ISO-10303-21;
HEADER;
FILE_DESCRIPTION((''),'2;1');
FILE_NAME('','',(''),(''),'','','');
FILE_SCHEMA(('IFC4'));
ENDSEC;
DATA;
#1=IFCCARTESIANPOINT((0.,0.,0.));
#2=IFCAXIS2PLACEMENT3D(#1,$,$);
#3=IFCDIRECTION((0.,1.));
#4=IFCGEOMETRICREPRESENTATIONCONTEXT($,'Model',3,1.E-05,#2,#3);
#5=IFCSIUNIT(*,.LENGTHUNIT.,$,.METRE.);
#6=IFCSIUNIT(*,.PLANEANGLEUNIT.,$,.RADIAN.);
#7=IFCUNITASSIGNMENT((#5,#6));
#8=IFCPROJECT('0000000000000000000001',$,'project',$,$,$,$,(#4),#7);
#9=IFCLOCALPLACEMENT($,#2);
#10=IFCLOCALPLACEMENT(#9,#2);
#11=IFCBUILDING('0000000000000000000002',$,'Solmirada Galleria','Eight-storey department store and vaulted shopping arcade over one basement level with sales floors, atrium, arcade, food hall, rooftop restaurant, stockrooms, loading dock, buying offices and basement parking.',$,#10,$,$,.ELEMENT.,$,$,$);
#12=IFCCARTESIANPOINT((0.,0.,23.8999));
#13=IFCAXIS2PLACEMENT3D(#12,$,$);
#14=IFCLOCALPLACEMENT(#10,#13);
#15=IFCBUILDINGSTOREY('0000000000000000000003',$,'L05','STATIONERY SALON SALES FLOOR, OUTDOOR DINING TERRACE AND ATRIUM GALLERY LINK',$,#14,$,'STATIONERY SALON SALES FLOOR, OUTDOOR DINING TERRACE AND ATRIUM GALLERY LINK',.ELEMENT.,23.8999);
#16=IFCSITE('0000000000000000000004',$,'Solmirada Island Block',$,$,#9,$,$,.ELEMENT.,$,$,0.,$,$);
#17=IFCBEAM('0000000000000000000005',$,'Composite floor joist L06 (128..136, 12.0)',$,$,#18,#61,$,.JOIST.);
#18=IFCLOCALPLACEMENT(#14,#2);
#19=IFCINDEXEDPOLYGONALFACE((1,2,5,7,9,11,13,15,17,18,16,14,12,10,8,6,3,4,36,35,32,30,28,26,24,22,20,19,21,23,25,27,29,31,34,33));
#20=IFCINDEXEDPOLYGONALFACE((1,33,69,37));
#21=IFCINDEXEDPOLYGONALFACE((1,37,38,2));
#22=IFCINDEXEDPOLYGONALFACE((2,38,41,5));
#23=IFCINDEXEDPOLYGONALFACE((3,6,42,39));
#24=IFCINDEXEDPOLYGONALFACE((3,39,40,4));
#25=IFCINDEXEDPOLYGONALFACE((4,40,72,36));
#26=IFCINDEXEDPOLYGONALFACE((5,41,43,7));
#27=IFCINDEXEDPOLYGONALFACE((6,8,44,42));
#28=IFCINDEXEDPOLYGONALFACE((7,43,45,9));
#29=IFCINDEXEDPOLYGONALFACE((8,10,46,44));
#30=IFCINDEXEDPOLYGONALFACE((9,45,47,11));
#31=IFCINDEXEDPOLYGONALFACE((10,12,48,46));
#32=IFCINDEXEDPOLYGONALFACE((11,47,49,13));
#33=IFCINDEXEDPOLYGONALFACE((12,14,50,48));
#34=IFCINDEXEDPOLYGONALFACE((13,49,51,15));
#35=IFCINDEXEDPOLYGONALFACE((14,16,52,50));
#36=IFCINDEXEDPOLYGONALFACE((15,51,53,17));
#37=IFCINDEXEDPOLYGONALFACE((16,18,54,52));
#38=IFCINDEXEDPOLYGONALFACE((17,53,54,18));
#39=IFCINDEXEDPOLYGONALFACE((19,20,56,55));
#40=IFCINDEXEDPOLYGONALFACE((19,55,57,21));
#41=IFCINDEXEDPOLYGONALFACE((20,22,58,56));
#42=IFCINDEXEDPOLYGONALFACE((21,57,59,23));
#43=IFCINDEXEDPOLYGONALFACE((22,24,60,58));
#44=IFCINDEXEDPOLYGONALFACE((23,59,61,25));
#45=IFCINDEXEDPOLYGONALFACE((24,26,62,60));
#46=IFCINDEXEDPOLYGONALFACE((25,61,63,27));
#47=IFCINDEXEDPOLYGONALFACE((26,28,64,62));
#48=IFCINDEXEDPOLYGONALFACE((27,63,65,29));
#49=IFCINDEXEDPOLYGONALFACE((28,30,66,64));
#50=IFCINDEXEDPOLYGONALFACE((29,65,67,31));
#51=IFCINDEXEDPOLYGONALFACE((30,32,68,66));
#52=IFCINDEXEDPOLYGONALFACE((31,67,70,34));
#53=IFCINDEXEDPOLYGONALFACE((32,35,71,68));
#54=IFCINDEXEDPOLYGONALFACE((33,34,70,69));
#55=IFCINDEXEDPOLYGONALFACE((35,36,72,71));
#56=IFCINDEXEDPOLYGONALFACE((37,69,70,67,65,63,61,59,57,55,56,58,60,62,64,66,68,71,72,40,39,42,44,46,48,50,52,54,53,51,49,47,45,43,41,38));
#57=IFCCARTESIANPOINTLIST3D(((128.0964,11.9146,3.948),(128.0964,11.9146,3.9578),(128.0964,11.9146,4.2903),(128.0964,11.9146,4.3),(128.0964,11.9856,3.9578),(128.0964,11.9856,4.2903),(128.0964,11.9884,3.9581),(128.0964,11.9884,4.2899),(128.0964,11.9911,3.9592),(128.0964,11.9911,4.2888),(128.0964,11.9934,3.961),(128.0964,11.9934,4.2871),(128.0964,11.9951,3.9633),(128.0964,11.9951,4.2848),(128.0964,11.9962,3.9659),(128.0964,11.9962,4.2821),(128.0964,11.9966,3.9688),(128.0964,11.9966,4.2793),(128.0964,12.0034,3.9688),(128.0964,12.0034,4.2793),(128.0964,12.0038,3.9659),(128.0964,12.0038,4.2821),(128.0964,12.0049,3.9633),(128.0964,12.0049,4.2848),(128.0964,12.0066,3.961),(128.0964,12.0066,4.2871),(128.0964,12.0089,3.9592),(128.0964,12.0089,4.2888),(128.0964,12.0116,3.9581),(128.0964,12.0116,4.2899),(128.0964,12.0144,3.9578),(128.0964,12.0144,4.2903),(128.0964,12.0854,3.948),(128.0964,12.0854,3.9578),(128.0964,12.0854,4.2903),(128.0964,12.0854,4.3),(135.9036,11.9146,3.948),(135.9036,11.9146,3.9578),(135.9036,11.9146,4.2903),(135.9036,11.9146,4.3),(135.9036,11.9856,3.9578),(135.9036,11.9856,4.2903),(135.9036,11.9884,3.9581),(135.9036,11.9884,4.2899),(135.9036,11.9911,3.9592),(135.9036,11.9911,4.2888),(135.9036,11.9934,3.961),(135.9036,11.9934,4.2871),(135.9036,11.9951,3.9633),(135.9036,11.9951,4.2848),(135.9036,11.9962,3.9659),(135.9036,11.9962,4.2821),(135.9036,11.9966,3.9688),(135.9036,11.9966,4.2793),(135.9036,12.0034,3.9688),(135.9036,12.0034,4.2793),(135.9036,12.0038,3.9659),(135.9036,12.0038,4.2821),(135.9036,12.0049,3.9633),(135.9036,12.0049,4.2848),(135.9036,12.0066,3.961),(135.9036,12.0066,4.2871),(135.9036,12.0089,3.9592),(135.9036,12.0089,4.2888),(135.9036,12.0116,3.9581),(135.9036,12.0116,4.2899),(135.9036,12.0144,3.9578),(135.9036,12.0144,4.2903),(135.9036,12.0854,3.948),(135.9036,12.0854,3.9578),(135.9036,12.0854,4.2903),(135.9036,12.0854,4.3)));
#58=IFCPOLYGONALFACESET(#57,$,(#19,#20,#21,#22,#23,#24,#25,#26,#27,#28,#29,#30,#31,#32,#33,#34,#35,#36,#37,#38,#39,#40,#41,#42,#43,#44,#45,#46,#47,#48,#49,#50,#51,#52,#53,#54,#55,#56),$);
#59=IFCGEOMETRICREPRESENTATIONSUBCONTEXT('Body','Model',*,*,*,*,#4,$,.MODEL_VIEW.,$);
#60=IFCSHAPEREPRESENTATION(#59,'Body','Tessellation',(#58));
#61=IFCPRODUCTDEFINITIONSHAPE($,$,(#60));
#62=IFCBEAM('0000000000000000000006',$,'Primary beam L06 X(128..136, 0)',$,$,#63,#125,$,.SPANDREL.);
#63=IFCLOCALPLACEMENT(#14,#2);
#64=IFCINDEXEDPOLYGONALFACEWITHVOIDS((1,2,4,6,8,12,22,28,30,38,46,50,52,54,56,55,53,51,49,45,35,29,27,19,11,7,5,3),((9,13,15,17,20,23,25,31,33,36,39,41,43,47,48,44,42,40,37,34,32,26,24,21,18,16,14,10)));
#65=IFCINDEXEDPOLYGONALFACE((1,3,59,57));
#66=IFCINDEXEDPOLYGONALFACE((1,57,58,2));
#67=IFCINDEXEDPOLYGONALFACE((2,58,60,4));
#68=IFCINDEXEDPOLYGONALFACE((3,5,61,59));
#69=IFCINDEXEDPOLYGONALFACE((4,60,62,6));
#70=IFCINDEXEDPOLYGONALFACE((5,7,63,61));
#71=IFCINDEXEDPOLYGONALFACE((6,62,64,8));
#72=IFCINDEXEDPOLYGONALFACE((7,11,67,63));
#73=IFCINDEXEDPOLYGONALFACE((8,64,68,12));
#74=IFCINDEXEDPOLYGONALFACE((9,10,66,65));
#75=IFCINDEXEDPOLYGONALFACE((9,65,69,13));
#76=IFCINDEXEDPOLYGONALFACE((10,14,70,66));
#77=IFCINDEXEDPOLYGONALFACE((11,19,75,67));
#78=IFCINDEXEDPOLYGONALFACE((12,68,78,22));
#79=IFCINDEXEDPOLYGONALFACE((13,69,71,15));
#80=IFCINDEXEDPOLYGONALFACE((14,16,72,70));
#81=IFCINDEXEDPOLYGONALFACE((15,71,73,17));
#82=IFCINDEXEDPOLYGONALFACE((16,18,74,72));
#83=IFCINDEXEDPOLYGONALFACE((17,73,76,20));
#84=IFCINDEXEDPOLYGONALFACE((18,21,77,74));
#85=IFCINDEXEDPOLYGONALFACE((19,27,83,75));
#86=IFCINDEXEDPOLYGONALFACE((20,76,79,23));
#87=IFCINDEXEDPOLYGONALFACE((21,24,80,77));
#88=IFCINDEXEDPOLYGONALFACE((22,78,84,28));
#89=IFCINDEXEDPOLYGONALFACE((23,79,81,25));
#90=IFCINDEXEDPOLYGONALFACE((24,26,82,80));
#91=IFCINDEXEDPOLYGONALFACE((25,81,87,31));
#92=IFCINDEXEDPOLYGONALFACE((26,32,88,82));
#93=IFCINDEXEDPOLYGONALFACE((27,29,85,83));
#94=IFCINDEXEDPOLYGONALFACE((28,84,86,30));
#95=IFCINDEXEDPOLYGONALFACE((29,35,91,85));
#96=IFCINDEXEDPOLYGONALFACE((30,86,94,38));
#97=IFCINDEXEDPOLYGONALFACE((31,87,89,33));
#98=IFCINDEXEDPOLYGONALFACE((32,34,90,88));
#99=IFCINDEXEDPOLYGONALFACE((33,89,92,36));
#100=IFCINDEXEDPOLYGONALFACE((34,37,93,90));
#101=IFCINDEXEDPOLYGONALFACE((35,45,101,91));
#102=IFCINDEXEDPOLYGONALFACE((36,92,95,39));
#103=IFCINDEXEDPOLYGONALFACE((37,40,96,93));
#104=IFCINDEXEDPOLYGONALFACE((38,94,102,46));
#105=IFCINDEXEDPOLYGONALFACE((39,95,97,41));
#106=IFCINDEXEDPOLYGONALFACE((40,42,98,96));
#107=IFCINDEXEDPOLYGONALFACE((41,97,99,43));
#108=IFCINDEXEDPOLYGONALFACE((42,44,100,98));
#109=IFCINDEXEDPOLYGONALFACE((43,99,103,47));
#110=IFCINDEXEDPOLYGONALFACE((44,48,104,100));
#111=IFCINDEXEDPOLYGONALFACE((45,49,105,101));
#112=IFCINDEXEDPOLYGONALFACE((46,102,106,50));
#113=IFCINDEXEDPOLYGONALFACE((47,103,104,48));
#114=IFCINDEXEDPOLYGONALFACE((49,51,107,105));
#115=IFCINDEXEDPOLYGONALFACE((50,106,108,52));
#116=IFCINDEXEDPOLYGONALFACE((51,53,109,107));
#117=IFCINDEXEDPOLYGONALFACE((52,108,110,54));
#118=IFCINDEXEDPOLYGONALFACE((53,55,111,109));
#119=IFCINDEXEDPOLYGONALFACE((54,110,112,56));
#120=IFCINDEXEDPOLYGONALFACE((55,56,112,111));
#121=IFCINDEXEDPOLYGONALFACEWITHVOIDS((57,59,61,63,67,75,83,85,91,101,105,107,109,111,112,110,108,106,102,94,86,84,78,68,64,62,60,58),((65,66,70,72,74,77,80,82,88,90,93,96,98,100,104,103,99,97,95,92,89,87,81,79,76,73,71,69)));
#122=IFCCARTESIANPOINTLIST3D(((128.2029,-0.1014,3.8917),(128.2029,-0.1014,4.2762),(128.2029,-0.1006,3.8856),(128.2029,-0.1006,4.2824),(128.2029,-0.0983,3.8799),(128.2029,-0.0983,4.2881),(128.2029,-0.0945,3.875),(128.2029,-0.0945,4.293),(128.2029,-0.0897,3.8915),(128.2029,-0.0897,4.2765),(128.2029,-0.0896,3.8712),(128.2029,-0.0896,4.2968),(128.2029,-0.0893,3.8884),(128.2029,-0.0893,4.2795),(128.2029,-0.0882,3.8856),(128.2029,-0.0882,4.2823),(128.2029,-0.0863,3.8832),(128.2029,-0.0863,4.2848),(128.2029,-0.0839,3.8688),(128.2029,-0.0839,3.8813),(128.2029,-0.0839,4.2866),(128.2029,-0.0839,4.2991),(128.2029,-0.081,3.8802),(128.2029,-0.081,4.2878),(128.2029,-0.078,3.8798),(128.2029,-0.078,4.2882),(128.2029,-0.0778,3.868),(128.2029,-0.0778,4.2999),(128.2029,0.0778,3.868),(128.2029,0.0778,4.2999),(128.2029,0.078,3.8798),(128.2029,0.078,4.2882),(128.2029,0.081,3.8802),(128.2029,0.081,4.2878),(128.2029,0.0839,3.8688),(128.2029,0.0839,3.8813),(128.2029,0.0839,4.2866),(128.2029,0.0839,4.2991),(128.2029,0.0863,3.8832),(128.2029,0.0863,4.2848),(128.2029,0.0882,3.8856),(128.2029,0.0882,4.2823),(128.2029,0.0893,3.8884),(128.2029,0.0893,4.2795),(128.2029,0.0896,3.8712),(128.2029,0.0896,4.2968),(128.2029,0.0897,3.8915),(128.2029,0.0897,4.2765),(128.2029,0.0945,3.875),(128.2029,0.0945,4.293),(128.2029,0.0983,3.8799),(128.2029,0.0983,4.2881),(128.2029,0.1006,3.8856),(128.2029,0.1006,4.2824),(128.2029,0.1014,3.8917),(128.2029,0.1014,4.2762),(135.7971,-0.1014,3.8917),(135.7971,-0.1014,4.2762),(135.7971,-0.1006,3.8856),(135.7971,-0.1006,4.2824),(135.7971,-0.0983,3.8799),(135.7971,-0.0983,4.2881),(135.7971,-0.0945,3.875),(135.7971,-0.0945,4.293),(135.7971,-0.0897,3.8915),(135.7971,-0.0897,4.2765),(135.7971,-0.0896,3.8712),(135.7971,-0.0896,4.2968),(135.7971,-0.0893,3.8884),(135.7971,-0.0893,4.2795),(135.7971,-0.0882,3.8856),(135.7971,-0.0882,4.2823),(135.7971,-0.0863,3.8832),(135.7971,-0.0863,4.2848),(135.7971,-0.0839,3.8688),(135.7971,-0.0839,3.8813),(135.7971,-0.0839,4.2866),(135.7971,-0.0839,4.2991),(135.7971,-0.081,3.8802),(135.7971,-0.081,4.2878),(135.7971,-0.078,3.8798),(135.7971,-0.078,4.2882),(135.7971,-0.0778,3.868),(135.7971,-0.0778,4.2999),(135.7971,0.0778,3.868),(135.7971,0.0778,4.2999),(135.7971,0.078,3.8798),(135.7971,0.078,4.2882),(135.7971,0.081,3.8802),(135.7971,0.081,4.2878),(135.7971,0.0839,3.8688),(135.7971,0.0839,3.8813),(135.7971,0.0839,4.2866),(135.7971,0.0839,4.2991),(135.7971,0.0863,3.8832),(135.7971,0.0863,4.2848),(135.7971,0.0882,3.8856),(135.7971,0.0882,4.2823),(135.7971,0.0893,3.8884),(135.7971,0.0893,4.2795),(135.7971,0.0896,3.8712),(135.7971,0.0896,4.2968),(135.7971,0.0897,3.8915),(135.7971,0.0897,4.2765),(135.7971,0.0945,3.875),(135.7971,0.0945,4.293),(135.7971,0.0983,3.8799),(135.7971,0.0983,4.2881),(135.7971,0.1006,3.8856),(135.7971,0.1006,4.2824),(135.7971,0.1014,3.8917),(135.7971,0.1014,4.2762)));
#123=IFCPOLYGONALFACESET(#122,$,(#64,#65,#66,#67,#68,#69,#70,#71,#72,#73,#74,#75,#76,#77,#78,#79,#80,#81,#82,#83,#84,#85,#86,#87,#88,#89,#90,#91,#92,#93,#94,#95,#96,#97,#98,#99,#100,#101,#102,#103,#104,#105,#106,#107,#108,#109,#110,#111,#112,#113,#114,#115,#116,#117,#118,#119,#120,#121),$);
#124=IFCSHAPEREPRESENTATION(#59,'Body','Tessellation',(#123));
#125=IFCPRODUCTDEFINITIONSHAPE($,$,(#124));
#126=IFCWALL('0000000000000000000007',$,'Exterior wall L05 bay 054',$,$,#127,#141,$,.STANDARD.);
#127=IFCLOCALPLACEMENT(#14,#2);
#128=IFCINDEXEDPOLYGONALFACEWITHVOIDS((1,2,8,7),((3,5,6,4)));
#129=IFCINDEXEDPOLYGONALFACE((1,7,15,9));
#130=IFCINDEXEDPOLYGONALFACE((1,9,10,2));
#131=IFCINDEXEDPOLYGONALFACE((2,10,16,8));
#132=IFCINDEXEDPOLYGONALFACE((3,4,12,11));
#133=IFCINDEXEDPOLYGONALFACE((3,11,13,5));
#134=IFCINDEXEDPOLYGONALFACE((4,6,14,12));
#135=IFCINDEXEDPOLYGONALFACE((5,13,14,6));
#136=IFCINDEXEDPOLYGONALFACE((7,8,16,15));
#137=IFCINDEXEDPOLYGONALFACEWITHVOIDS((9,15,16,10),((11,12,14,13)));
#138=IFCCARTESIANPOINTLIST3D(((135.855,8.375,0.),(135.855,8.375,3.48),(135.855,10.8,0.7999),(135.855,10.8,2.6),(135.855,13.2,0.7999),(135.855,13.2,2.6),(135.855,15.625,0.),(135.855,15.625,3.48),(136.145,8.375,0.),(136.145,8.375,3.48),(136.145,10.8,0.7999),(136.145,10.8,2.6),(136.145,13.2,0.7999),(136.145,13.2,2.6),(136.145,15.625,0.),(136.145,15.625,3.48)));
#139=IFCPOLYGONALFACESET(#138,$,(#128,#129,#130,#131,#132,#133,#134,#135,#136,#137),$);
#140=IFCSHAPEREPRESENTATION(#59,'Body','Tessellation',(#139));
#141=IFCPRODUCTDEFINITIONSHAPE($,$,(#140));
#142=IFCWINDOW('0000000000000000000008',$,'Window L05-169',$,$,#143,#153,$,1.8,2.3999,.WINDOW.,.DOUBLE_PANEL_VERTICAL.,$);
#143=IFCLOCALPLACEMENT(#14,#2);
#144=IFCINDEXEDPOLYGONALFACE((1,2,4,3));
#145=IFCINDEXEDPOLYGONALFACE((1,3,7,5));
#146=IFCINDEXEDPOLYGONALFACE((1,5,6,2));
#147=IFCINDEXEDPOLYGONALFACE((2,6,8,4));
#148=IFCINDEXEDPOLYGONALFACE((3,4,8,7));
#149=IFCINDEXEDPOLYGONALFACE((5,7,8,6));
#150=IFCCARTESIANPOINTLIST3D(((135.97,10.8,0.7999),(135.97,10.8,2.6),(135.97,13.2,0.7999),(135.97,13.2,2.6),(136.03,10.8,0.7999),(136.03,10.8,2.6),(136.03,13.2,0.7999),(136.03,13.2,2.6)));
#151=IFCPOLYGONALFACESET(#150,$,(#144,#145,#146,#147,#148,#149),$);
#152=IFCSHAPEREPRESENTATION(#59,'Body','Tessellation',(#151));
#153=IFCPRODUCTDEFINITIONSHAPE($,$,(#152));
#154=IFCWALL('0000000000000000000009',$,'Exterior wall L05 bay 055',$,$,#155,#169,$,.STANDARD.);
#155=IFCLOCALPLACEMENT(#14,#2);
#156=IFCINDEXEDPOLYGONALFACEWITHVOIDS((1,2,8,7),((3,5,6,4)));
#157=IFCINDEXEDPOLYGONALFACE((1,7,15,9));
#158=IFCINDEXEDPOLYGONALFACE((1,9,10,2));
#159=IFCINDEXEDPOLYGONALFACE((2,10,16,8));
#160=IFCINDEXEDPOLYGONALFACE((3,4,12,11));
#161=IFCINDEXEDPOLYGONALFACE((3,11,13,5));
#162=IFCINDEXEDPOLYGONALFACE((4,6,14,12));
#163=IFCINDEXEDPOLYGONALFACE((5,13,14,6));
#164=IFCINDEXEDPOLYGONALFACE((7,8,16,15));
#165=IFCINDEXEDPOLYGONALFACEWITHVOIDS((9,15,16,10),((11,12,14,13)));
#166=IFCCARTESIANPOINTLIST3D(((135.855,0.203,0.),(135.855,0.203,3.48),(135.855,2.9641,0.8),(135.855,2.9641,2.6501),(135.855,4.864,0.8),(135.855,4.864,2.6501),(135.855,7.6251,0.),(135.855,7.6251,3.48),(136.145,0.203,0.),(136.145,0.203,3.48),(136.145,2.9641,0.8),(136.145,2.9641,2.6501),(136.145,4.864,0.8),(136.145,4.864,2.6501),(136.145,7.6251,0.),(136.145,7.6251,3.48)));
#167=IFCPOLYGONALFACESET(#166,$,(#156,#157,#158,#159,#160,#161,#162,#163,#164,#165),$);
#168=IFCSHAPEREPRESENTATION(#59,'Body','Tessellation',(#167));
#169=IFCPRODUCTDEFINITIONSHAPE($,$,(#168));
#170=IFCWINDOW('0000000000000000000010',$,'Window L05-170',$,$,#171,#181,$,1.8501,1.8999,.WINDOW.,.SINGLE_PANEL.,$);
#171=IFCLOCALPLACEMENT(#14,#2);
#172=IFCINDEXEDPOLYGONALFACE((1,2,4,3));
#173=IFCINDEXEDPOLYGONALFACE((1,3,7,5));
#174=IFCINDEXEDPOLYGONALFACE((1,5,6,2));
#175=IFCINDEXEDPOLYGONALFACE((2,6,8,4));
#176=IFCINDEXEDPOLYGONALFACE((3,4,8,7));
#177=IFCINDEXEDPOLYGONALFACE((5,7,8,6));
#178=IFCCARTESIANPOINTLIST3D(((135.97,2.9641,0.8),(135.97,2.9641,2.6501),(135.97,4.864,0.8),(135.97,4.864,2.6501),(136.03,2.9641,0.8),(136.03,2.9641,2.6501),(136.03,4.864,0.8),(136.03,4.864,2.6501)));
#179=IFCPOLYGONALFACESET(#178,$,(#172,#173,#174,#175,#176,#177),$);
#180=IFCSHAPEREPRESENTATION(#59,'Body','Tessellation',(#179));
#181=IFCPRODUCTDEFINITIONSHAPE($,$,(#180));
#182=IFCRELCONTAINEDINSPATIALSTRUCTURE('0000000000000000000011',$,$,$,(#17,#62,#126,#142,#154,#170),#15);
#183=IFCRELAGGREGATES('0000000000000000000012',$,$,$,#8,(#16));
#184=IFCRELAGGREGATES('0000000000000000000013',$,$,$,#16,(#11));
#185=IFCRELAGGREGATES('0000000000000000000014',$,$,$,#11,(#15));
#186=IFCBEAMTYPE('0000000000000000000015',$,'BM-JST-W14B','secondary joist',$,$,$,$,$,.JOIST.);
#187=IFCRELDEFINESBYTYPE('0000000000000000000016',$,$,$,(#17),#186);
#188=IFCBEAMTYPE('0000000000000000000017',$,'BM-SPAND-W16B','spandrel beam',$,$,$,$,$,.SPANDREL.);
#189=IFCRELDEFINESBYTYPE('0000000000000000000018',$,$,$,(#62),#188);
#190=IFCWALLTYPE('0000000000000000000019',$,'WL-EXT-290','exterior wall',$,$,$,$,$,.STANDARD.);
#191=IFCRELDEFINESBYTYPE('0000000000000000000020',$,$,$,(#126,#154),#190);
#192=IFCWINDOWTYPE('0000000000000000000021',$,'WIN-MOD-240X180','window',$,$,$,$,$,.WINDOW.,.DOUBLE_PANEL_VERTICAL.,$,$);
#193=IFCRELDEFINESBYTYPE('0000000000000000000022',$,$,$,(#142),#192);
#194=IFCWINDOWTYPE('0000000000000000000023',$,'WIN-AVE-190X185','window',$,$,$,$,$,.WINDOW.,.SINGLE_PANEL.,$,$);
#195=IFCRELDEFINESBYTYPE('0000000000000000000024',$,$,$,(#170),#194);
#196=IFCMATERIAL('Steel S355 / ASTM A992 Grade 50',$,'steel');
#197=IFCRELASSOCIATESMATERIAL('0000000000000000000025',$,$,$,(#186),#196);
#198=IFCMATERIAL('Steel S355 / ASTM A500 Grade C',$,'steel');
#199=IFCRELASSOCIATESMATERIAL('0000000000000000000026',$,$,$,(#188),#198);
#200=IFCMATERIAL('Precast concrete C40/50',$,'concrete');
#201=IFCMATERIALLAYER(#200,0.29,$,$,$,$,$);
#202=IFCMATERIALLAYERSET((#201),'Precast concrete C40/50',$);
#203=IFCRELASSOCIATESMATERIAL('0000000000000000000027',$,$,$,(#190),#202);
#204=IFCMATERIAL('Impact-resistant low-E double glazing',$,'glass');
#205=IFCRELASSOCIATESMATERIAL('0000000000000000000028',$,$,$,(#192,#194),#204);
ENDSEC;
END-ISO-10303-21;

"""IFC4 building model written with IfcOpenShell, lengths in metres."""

from ifc_helpers import new_model, si_unit, direction, frame, frame_2d, origin, origin_2d, place, context, subcontext, project, spatial, rectangle, hollow_rectangle, i_section, extrude, material, layer, layer_set, material_profile, profile_set, type_object, element, fill, save


model = new_model("IFC4")

# Units and contexts
model_context = context("Model", 3, precision=1e-05, world=origin(), true_north=direction((0.0, 1.0)))
body_context = subcontext(model_context, "Body", "Model", "MODEL_VIEW")
ifc_project = project(units=[si_unit("LENGTHUNIT", "METRE"), si_unit("PLANEANGLEUNIT", "RADIAN")], contexts=[model_context])

# Site, building, storey
site_placement = place(None, origin())
site = spatial("IfcSite", under=ifc_project, at=site_placement, Name="Solmirada Island Block", CompositionType="ELEMENT", RefElevation=0.0)
building_placement = place(site_placement, origin())
building = spatial("IfcBuilding", under=site, at=building_placement, Name="Solmirada Galleria", Description="Eight-storey department store and vaulted shopping arcade over one basement level with sales floors, atrium, arcade, food hall, rooftop restaurant, stockrooms, loading dock, buying offices and basement parking.", CompositionType="ELEMENT")
storey_placement = place(building_placement, frame((0.0, 0.0, 23.8999)))
storey = spatial("IfcBuildingStorey", under=building, at=storey_placement, Name="L05", Description="STATIONERY SALON SALES FLOOR, OUTDOOR DINING TERRACE AND ATRIUM GALLERY LINK", LongName="STATIONERY SALON SALES FLOOR, OUTDOOR DINING TERRACE AND ATRIUM GALLERY LINK", CompositionType="ELEMENT", Elevation=23.8999)

# Shared definitions
ifc_material_1 = material(Name="Steel S355 / ASTM A500 Grade C", Category="steel")

# Beams
ifc_material_2 = material(Name="Steel S355 / ASTM A992 Grade 50", Category="steel")
ifc_material_profile_1 = material_profile(ifc_material_2, i_section(OverallWidth=0.1709, OverallDepth=0.3521, WebThickness=0.0068, FlangeThickness=0.0098, FilletRadius=0.011, at=origin_2d()), Name="W14X30")
ifc_profile_set_1 = profile_set([ifc_material_profile_1], Name="Steel S355 / ASTM A992 Grade 50")
beam_type_1 = type_object("IfcBeamType", Name="BM-JST-W14B", Description="secondary joist", PredefinedType="JOIST", material=ifc_profile_set_1)
for number, where, z_axis, x_axis, name in (
    (1, (128.0964, 12.0, 4.124), (1.0, 0.0, 0.0), (0.0, 1.0, 0.0), "Composite floor joist L06 (128..136, 12.0)"),
):
    element("IfcBeam", number, at=place(storey_placement, frame(where, z_axis=z_axis, x_axis=x_axis)), inside=storey, type_object=beam_type_1, Name=name, PredefinedType="JOIST", context=body_context, shape_type="SweptSolid", body=[
        extrude(i_section(OverallWidth=0.1709, OverallDepth=0.3521, WebThickness=0.0068, FlangeThickness=0.0098, FilletRadius=0.011, at=origin_2d()), origin(), (0.0, 0.0, 1.0), 7.8071),
    ])
ifc_material_profile_2 = material_profile(ifc_material_1, hollow_rectangle(XDim=0.2029, YDim=0.4319, WallThickness=0.0117, InnerFilletRadius=0.0117, OuterFilletRadius=0.0237, at=origin_2d()), Name="HSS17X8X1/2")
ifc_profile_set_2 = profile_set([ifc_material_profile_2], Name="Steel S355 / ASTM A500 Grade C")
beam_type_2 = type_object("IfcBeamType", Name="BM-SPAND-W16B", Description="spandrel beam", PredefinedType="SPANDREL", material=ifc_profile_set_2)
beam_1_placement = place(storey_placement, frame((128.2029, 0.0, 4.084), z_axis=(1.0, 0.0, 0.0), x_axis=(0.0, 1.0, 0.0)))
element("IfcBeam", 2, at=beam_1_placement, inside=storey, type_object=beam_type_2, Name="Primary beam L06 X(128..136, 0)", PredefinedType="SPANDREL", context=body_context, shape_type="SweptSolid", body=[
    extrude(hollow_rectangle(XDim=0.2029, YDim=0.4319, WallThickness=0.0117, InnerFilletRadius=0.0117, OuterFilletRadius=0.0237, at=origin_2d()), origin(), (0.0, 0.0, 1.0), 7.5942),
])

# Walls, openings, windows
ifc_material_3 = material(Name="Precast concrete C40/50", Category="concrete")
ifc_layer_1 = layer(ifc_material_3, 0.29)
ifc_layer_set_1 = layer_set([ifc_layer_1], Name="Precast concrete C40/50")
wall_type = type_object("IfcWallType", Name="WL-EXT-290", Description="exterior wall", PredefinedType="STANDARD", material=ifc_layer_set_1)
wall_1_placement = place(storey_placement, frame((136.0, 15.625, 0.0), z_axis=(0.0, 0.0, 1.0), x_axis=(0.0, -1.0, 0.0)))
wall_1 = element("IfcWall", 3, at=wall_1_placement, inside=storey, type_object=wall_type, Name="Exterior wall L05 bay 054", PredefinedType="STANDARD", context=body_context, shape_type="SweptSolid", body=[
    extrude(rectangle(XDim=7.25, YDim=0.29, at=frame_2d((3.625, 0.0))), origin(), (0.0, 0.0, 1.0), 3.48),
])
opening_1_placement = place(wall_1_placement, frame((2.425, 0.0, 0.8)))
opening_1 = element("IfcOpeningElement", 4, at=opening_1_placement, cuts=wall_1, PredefinedType="OPENING", context=body_context, shape_type="SweptSolid", body=[
    extrude(rectangle(XDim=2.3999, YDim=1.8, at=frame_2d((1.2, 0.8999))), frame((0.0, 0.155, 0.0), z_axis=(0.0, -1.0, 0.0), x_axis=(1.0, 0.0, 0.0)), (0.0, 0.0, 1.0), 0.3101),
])
ifc_material_4 = material(Name="Impact-resistant low-E double glazing", Category="glass")
window_type_1 = type_object("IfcWindowType", Name="WIN-MOD-240X180", Description="window", PartitioningType="DOUBLE_PANEL_VERTICAL", PredefinedType="WINDOW", material=ifc_material_4)
window_1_placement = place(opening_1_placement, origin())
window_1 = element("IfcWindow", 5, at=window_1_placement, inside=storey, type_object=window_type_1, Name="Window L05-169", OverallHeight=1.8, OverallWidth=2.3999, PartitioningType="DOUBLE_PANEL_VERTICAL", PredefinedType="WINDOW", context=body_context, shape_type="SweptSolid", body=[
    extrude(rectangle(XDim=2.3999, YDim=1.8, at=frame_2d((1.2, 0.8999))), frame((0.0, 0.03, 0.0), z_axis=(0.0, -1.0, 0.0), x_axis=(1.0, 0.0, 0.0)), (0.0, 0.0, 1.0), 0.0601),
])
fill(opening_1, window_1)
wall_2_placement = place(storey_placement, frame((136.0, 7.625, 0.0), z_axis=(0.0, 0.0, 1.0), x_axis=(0.0, -1.0, 0.0)))
wall_2 = element("IfcWall", 6, at=wall_2_placement, inside=storey, type_object=wall_type, Name="Exterior wall L05 bay 055", PredefinedType="STANDARD", context=body_context, shape_type="SweptSolid", body=[
    extrude(rectangle(XDim=7.4221, YDim=0.29, at=frame_2d((3.7109, 0.0))), origin(), (0.0, 0.0, 1.0), 3.48),
])
opening_2_placement = place(wall_2_placement, frame((2.761, 0.0, 0.8)))
opening_2 = element("IfcOpeningElement", 7, at=opening_2_placement, cuts=wall_2, PredefinedType="OPENING", context=body_context, shape_type="SweptSolid", body=[
    extrude(rectangle(XDim=1.8999, YDim=1.8501, at=frame_2d((0.95, 0.925))), frame((0.0, 0.155, 0.0), z_axis=(0.0, -1.0, 0.0), x_axis=(1.0, 0.0, 0.0)), (0.0, 0.0, 1.0), 0.3101),
])
window_type_2 = type_object("IfcWindowType", Name="WIN-AVE-190X185", Description="window", PartitioningType="SINGLE_PANEL", PredefinedType="WINDOW", material=ifc_material_4)
window_2_placement = place(opening_2_placement, origin())
window_2 = element("IfcWindow", 8, at=window_2_placement, inside=storey, type_object=window_type_2, Name="Window L05-170", OverallHeight=1.8501, OverallWidth=1.8999, PartitioningType="SINGLE_PANEL", PredefinedType="WINDOW", context=body_context, shape_type="SweptSolid", body=[
    extrude(rectangle(XDim=1.8999, YDim=1.8501, at=frame_2d((0.95, 0.925))), frame((0.0, 0.03, 0.0), z_axis=(0.0, -1.0, 0.0), x_axis=(1.0, 0.0, 0.0)), (0.0, 0.0, 1.0), 0.0601),
])
fill(opening_2, window_2)

save(model, "model.ifc")
